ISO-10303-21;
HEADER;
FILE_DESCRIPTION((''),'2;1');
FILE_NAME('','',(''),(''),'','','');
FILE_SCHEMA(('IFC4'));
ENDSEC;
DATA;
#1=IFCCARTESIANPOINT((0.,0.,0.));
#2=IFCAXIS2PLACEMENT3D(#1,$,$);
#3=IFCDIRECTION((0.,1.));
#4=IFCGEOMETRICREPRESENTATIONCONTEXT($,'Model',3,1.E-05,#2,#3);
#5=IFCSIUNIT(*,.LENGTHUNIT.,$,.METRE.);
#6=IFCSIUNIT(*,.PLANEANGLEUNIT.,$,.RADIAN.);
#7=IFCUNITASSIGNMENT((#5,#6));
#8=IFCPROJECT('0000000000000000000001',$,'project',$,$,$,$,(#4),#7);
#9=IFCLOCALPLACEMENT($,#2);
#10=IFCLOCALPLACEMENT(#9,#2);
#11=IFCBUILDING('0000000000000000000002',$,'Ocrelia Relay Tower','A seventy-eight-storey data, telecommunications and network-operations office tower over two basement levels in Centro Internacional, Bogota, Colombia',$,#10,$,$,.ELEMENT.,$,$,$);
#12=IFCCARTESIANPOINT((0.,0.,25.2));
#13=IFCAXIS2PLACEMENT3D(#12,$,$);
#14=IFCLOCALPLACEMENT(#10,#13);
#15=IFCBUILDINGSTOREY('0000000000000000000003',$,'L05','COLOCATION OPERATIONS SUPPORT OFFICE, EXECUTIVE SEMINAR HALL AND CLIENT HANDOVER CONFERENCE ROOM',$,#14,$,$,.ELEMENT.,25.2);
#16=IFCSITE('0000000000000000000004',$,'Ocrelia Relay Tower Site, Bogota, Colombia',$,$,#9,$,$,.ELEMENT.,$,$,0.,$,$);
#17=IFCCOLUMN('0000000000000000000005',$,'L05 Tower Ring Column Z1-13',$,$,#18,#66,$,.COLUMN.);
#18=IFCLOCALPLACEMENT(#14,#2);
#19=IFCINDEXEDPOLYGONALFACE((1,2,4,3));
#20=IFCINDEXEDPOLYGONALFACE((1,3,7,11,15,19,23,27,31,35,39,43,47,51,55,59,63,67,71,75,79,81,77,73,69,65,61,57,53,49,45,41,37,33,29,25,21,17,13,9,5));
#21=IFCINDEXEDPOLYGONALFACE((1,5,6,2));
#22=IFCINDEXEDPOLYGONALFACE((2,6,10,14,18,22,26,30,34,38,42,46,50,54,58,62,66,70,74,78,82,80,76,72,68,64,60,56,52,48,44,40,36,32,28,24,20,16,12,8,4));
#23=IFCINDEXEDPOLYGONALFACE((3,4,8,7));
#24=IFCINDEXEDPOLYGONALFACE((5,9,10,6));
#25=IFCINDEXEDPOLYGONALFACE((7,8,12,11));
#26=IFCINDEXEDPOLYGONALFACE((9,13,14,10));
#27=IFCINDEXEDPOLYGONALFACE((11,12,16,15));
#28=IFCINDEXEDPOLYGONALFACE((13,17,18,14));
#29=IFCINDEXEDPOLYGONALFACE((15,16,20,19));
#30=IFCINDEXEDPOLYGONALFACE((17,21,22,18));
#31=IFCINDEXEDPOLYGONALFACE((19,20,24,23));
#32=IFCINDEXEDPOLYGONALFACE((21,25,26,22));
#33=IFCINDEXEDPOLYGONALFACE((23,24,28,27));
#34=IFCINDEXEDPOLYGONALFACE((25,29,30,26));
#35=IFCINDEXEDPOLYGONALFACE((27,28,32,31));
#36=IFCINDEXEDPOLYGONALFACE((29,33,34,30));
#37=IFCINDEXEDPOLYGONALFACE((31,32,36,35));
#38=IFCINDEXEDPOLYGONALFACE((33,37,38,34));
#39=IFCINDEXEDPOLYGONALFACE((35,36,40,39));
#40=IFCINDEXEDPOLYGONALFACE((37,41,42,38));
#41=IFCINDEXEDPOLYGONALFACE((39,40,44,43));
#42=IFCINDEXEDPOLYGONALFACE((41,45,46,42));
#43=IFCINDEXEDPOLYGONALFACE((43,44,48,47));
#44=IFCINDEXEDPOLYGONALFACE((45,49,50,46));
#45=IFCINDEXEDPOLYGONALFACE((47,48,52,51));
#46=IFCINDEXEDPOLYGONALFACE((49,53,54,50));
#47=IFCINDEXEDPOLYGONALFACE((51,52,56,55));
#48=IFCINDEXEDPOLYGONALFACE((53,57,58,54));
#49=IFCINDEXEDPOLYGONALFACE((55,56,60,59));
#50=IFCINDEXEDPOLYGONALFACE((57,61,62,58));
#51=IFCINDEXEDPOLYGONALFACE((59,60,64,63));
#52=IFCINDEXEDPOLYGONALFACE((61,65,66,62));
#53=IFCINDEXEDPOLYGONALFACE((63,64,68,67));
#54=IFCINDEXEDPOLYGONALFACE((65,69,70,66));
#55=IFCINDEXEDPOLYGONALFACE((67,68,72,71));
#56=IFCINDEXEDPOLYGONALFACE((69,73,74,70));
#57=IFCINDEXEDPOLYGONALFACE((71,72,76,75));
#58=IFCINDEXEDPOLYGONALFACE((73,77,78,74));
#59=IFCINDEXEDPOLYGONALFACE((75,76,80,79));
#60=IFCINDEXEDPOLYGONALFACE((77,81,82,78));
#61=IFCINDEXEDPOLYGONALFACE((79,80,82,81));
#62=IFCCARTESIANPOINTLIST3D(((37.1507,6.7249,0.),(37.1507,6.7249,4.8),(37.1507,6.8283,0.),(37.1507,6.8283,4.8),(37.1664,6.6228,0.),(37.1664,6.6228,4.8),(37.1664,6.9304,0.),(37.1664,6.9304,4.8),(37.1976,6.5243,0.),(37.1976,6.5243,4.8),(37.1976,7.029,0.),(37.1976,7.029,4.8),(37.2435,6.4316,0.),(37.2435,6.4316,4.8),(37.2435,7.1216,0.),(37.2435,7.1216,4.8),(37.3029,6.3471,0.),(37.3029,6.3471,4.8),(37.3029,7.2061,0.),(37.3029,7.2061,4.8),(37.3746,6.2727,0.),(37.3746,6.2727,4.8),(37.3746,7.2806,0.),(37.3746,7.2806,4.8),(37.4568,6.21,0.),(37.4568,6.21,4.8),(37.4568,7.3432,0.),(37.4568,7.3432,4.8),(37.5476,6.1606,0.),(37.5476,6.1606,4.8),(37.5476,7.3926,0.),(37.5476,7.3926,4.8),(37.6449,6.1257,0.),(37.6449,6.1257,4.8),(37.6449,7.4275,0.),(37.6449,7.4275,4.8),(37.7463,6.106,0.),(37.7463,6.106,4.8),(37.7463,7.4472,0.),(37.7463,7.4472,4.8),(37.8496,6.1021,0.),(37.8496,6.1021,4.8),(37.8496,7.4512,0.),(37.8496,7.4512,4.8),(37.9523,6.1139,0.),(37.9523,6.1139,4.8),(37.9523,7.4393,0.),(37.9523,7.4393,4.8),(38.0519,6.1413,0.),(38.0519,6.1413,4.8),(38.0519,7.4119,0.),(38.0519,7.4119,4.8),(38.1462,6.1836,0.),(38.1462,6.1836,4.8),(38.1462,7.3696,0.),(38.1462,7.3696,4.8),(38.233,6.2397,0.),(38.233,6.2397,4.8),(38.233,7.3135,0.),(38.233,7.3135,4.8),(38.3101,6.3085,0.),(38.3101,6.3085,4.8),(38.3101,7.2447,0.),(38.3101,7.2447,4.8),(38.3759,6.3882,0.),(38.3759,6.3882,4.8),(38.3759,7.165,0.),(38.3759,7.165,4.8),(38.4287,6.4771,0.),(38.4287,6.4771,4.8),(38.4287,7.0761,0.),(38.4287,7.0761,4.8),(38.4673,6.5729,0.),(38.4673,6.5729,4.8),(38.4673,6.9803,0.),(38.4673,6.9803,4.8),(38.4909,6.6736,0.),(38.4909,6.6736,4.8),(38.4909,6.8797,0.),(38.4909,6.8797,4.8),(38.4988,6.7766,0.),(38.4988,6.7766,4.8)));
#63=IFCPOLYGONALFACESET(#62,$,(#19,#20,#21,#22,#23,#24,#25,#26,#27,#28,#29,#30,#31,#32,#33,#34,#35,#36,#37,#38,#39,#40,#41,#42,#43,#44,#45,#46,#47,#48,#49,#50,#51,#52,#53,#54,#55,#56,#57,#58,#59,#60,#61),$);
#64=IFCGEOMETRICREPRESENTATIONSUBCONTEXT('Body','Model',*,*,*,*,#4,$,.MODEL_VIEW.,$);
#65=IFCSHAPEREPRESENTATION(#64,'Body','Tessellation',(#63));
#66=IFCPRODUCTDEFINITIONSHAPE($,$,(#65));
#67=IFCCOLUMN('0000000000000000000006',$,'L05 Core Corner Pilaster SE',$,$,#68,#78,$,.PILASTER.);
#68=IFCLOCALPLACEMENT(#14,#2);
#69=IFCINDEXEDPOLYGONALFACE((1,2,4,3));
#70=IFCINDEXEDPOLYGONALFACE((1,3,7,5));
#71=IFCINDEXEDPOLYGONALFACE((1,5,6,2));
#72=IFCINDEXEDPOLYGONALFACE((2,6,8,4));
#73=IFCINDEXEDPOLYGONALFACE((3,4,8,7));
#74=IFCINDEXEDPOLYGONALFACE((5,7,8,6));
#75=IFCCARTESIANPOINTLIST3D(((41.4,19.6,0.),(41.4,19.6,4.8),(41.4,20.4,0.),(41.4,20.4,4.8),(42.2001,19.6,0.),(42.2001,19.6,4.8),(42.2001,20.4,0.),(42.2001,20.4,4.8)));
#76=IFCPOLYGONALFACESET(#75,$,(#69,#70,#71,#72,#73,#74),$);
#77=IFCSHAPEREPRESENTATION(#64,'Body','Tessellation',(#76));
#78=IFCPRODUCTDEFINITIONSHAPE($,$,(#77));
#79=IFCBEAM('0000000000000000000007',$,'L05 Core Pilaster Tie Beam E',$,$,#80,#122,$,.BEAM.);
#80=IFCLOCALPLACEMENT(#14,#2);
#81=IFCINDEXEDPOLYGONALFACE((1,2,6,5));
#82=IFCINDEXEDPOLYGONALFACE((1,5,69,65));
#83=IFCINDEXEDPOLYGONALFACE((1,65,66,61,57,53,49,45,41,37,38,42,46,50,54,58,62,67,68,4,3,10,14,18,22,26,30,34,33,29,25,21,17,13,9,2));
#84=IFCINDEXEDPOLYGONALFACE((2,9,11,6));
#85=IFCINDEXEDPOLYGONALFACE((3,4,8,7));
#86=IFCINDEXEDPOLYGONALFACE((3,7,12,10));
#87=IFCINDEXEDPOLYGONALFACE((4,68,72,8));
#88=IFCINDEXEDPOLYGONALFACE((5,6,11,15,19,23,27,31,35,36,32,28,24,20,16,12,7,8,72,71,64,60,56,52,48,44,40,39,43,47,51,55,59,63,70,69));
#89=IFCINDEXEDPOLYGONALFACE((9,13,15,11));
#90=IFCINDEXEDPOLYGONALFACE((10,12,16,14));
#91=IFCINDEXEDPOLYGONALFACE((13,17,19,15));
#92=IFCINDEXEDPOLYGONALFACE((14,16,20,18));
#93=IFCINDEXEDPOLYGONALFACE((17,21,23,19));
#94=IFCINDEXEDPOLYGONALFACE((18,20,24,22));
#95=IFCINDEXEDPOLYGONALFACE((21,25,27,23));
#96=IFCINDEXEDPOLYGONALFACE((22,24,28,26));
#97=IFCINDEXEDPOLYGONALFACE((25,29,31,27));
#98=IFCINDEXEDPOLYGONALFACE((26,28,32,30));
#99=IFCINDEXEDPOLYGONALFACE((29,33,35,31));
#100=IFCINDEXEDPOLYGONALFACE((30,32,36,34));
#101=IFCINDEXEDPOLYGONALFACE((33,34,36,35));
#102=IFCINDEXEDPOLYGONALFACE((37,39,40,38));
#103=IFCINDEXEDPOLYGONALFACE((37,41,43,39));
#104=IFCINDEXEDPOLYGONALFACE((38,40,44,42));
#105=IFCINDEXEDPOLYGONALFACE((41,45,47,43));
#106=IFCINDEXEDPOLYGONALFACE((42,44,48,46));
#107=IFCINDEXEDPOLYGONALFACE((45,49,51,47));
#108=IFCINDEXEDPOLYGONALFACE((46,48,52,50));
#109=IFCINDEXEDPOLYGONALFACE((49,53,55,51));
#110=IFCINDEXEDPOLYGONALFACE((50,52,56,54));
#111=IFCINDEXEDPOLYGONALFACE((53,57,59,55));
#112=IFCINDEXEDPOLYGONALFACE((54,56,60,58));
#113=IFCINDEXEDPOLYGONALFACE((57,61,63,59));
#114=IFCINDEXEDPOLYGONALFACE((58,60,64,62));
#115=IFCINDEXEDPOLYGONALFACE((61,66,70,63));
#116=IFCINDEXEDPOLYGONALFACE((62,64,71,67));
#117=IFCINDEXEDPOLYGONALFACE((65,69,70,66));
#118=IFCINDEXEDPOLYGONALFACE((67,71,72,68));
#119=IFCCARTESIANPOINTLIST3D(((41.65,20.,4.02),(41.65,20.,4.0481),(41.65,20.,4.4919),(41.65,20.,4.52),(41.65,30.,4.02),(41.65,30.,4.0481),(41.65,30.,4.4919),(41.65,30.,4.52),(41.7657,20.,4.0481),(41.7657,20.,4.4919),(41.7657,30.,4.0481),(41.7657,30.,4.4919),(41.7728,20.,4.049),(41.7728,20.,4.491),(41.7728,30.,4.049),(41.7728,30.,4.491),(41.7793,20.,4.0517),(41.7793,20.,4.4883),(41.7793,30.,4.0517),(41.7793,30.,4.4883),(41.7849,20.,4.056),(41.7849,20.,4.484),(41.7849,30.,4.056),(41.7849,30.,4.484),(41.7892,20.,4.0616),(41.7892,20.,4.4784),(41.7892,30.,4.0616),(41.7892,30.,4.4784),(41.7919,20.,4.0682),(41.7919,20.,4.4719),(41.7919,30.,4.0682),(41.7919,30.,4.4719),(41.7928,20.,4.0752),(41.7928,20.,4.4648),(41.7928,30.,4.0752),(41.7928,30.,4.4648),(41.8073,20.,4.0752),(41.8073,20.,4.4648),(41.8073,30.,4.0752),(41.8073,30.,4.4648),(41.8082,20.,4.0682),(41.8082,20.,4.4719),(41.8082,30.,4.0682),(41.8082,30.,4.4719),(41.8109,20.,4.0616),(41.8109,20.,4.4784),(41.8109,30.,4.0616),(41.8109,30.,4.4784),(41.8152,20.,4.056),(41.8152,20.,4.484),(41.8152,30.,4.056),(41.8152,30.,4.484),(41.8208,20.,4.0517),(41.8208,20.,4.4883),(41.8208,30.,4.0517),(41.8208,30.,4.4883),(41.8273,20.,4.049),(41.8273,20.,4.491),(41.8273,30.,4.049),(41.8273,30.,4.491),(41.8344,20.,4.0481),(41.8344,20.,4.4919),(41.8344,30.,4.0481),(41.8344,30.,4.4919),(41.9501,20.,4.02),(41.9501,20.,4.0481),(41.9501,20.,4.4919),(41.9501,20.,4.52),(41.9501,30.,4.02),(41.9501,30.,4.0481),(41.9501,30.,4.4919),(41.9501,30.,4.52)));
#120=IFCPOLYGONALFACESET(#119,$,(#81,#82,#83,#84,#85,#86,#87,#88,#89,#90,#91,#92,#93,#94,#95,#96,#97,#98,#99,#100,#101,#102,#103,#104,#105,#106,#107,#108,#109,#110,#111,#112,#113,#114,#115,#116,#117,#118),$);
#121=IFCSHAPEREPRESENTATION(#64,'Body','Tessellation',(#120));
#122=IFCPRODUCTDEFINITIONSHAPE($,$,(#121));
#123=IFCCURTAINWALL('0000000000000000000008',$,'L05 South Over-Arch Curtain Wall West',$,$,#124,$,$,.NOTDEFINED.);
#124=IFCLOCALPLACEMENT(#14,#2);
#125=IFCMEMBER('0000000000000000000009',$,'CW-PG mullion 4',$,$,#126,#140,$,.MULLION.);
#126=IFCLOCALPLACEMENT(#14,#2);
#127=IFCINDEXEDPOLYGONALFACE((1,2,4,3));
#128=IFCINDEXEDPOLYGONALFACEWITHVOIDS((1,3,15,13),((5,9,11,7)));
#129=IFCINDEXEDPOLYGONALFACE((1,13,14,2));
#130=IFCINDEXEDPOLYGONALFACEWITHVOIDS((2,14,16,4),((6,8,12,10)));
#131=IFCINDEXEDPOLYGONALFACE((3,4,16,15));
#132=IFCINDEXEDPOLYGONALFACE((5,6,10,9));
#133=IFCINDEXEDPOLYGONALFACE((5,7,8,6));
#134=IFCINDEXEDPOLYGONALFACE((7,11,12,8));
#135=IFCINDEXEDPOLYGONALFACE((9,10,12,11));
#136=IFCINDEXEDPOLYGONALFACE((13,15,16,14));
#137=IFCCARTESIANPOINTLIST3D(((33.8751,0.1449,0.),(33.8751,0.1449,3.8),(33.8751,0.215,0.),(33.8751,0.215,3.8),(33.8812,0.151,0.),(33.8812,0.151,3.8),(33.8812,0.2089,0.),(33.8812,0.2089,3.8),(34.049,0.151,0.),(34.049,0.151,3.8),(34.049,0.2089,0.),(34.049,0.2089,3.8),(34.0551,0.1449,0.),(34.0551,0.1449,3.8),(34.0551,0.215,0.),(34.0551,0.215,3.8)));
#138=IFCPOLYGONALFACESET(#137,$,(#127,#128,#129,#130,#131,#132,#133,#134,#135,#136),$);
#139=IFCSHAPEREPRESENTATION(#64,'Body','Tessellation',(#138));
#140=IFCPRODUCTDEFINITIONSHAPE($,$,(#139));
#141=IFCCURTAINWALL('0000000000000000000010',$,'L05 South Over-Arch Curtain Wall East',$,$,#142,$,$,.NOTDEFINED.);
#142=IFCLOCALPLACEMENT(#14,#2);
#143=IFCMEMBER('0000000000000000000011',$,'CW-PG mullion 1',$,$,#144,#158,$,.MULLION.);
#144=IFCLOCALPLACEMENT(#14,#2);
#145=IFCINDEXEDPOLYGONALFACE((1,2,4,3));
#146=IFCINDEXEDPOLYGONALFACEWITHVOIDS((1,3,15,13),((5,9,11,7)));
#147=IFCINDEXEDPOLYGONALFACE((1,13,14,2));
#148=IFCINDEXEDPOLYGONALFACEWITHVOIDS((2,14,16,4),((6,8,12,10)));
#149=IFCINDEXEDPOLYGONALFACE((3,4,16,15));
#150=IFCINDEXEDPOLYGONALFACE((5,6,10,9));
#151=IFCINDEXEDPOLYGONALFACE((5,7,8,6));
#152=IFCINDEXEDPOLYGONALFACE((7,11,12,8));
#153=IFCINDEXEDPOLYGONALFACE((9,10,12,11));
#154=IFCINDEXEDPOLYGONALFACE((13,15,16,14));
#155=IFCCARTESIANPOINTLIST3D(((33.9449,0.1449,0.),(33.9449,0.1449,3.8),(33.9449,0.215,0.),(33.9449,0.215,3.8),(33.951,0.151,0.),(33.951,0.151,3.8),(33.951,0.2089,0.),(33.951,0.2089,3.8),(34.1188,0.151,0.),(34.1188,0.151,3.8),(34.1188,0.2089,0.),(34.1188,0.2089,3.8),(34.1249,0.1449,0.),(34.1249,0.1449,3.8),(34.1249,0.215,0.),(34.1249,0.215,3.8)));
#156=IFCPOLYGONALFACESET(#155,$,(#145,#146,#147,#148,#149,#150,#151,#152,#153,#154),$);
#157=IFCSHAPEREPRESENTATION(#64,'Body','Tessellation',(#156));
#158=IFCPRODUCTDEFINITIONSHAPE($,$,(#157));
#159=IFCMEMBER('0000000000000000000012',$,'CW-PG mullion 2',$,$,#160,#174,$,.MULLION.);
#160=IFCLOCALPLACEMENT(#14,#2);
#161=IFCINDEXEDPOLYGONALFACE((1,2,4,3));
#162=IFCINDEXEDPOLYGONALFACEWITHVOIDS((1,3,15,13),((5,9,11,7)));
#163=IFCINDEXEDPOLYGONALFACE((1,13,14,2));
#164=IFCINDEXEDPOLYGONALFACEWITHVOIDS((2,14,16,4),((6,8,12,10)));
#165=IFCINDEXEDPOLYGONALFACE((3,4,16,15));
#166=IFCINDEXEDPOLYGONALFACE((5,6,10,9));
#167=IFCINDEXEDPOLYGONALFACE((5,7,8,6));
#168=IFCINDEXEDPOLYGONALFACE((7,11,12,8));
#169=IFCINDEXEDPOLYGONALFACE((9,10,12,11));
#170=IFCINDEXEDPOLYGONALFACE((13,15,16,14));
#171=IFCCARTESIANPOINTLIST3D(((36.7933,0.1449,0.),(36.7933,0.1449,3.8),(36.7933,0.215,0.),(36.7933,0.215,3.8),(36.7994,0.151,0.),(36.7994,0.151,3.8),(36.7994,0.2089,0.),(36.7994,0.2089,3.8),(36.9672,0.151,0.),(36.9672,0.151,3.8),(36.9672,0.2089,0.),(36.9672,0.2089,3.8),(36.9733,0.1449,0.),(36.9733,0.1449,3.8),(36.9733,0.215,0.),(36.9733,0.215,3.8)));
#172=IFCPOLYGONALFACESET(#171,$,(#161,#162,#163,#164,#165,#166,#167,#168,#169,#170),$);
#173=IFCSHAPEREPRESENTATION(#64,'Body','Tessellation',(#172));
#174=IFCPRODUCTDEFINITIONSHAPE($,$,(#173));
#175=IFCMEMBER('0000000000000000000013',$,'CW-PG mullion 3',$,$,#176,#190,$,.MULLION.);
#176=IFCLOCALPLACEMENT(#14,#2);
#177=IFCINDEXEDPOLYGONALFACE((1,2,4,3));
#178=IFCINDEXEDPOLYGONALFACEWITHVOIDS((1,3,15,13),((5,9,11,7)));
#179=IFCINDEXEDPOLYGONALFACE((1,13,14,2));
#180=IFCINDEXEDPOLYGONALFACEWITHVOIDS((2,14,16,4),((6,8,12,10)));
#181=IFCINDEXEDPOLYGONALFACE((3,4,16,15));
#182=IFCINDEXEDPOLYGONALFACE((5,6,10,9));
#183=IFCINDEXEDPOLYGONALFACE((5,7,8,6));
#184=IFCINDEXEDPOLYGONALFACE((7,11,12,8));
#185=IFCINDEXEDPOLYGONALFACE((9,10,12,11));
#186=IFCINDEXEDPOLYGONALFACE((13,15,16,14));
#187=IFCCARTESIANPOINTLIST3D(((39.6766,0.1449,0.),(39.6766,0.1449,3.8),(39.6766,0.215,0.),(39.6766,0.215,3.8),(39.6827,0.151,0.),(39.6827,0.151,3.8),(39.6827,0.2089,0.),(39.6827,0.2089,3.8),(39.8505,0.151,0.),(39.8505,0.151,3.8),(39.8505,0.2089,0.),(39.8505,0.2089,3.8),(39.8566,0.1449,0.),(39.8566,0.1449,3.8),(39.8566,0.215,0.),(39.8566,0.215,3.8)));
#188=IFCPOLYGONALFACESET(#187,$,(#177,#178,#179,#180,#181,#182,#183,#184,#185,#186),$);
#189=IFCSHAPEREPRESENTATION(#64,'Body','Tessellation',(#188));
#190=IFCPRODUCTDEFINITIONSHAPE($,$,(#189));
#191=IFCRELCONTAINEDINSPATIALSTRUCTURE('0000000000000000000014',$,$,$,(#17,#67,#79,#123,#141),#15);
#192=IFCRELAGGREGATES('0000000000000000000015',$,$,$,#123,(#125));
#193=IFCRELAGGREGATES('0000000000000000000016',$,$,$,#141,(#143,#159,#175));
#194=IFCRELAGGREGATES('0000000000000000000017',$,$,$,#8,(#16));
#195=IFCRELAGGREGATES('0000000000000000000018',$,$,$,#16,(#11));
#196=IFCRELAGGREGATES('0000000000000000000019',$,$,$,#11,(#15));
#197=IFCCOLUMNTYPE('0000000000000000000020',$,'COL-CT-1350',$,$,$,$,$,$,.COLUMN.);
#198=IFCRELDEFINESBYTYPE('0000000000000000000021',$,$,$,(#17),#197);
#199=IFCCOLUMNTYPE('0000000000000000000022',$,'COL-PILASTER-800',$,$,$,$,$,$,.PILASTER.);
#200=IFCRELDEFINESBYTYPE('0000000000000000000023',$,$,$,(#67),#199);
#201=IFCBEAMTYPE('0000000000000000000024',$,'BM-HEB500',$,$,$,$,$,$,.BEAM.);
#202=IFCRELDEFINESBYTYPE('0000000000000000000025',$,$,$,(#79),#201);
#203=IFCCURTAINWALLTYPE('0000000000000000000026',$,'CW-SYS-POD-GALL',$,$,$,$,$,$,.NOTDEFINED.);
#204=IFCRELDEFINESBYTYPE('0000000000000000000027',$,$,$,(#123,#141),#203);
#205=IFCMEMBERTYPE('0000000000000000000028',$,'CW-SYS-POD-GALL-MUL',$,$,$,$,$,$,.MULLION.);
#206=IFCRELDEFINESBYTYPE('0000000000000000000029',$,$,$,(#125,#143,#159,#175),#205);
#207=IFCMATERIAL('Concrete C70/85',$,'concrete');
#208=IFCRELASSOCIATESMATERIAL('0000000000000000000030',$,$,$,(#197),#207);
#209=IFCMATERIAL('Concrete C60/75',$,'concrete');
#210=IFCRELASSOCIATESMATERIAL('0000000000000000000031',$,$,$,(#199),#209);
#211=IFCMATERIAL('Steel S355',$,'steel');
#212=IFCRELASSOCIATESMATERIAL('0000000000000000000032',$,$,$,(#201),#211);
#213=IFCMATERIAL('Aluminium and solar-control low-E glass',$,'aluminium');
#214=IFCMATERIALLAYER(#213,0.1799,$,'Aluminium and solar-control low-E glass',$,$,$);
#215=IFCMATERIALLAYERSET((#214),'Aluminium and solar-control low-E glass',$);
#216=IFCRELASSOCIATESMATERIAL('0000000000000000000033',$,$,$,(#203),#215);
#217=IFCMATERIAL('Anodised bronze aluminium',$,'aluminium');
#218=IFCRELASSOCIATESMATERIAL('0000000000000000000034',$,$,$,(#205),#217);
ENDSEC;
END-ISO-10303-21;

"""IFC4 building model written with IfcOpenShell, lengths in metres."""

from ifc_helpers import new_model, si_unit, direction, frame, origin, origin_2d, place, context, subcontext, project, spatial, rectangle, hollow_rectangle, circle, i_section, extrude, material, layer, layer_set, material_profile, profile_set, type_object, element, aggregate, save


model = new_model("IFC4")

# Units and contexts
model_context = context("Model", 3, precision=1e-05, world=origin(), true_north=direction((0.0, 1.0)))
body_context = subcontext(model_context, "Body", "Model", "MODEL_VIEW")
ifc_project = project(units=[si_unit("LENGTHUNIT", "METRE"), si_unit("PLANEANGLEUNIT", "RADIAN")], contexts=[model_context])

# Site, building, storey
site_placement = place(None, origin())
site = spatial("IfcSite", under=ifc_project, at=site_placement, Name="Ocrelia Relay Tower Site, Bogota, Colombia", CompositionType="ELEMENT", RefElevation=0.0)
building_placement = place(site_placement, origin())
building = spatial("IfcBuilding", under=site, at=building_placement, Name="Ocrelia Relay Tower", Description="A seventy-eight-storey data, telecommunications and network-operations office tower over two basement levels in Centro Internacional, Bogota, Colombia", CompositionType="ELEMENT")
storey_placement = place(building_placement, frame((0.0, 0.0, 25.2)))
storey = spatial("IfcBuildingStorey", under=building, at=storey_placement, Name="L05", Description="COLOCATION OPERATIONS SUPPORT OFFICE, EXECUTIVE SEMINAR HALL AND CLIENT HANDOVER CONFERENCE ROOM", CompositionType="ELEMENT", Elevation=25.2)

# Columns
ifc_material_1 = material(Name="Concrete C70/85", Category="concrete")
ifc_material_profile_1 = material_profile(ifc_material_1, circle(Radius=0.675, at=origin_2d()), Name="RC-CIR-1350")
ifc_profile_set_1 = profile_set([ifc_material_profile_1], Name="Concrete C70/85")
column_type_1 = type_object("IfcColumnType", Name="COL-CT-1350", PredefinedType="COLUMN", material=ifc_profile_set_1)
column_1_placement = place(storey_placement, frame((37.8237, 6.7766, 0.0), z_axis=(0.0, 0.0, 1.0), x_axis=(1.0, 0.0, 0.0)))
element("IfcColumn", 1, at=column_1_placement, inside=storey, type_object=column_type_1, Name="L05 Tower Ring Column Z1-13", PredefinedType="COLUMN", context=body_context, shape_type="SweptSolid", body=[
    extrude(circle(Radius=0.675, at=origin_2d()), origin(), (0.0, 0.0, 1.0), 4.8),
])
ifc_material_2 = material(Name="Concrete C60/75", Category="concrete")
ifc_material_profile_2 = material_profile(ifc_material_2, rectangle(XDim=0.8, YDim=0.8, at=origin_2d()), Name="RC-COL-800x800")
ifc_profile_set_2 = profile_set([ifc_material_profile_2], Name="Concrete C60/75")
column_type_2 = type_object("IfcColumnType", Name="COL-PILASTER-800", PredefinedType="PILASTER", material=ifc_profile_set_2)
column_2_placement = place(storey_placement, frame((41.8, 20.0, 0.0), z_axis=(0.0, 0.0, 1.0), x_axis=(1.0, 0.0, 0.0)))
element("IfcColumn", 2, at=column_2_placement, inside=storey, type_object=column_type_2, Name="L05 Core Corner Pilaster SE", PredefinedType="PILASTER", context=body_context, shape_type="SweptSolid", body=[
    extrude(rectangle(XDim=0.8, YDim=0.8, at=origin_2d()), origin(), (0.0, 0.0, 1.0), 4.8),
])

# Beam
ifc_material_3 = material(Name="Steel S355", Category="steel")
ifc_material_profile_3 = material_profile(ifc_material_3, i_section(OverallWidth=0.3, OverallDepth=0.5, WebThickness=0.0144, FlangeThickness=0.0281, FilletRadius=0.0271, at=origin_2d()), Name="HEB 500")
ifc_profile_set_3 = profile_set([ifc_material_profile_3], Name="Steel S355")
beam_type = type_object("IfcBeamType", Name="BM-HEB500", PredefinedType="BEAM", material=ifc_profile_set_3)
beam_placement = place(storey_placement, frame((41.8, 20.0, 4.27), z_axis=(0.0, 1.0, 0.0), x_axis=(-1.0, 0.0, 0.0)))
element("IfcBeam", 3, at=beam_placement, inside=storey, type_object=beam_type, Name="L05 Core Pilaster Tie Beam E", PredefinedType="BEAM", context=body_context, shape_type="SweptSolid", body=[
    extrude(i_section(OverallWidth=0.3, OverallDepth=0.5, WebThickness=0.0144, FlangeThickness=0.0281, FilletRadius=0.0271, at=origin_2d()), origin(), (0.0, 0.0, 1.0), 10.0),
])

# Curtain wall, member
ifc_material_4 = material(Name="Aluminium and solar-control low-E glass", Category="aluminium")
ifc_layer_1 = layer(ifc_material_4, 0.1799, Name="Aluminium and solar-control low-E glass")
ifc_layer_set_1 = layer_set([ifc_layer_1], Name="Aluminium and solar-control low-E glass")
curtain_wall_type = type_object("IfcCurtainWallType", Name="CW-SYS-POD-GALL", PredefinedType="NOTDEFINED", material=ifc_layer_set_1)
curtain_wall_1_placement = place(storey_placement, origin())
curtain_wall_1 = element("IfcCurtainWall", 4, at=curtain_wall_1_placement, inside=storey, type_object=curtain_wall_type, Name="L05 South Over-Arch Curtain Wall West", PredefinedType="NOTDEFINED")
ifc_material_5 = material(Name="Anodised bronze aluminium", Category="aluminium")
ifc_material_profile_4 = material_profile(ifc_material_5, hollow_rectangle(XDim=0.0701, YDim=0.1799, WallThickness=0.0061, at=origin_2d()), Name="CW-MUL-180x70")
ifc_profile_set_4 = profile_set([ifc_material_profile_4], Name="Anodised bronze aluminium")
member_type_1 = type_object("IfcMemberType", Name="CW-SYS-POD-GALL-MUL", PredefinedType="MULLION", material=ifc_profile_set_4)
member_1_placement = place(storey_placement, frame((33.9651, 0.1799, 0.0), z_axis=(0.0, 0.0, 1.0), x_axis=(0.0, 1.0, 0.0)))
member_1 = element("IfcMember", 5, at=member_1_placement, type_object=member_type_1, Name="CW-PG mullion 4", PredefinedType="MULLION", context=body_context, shape_type="SweptSolid", body=[
    extrude(hollow_rectangle(XDim=0.0701, YDim=0.1799, WallThickness=0.0061, at=origin_2d()), origin(), (0.0, 0.0, 1.0), 3.8),
])
aggregate(curtain_wall_1, [member_1])

# Curtain wall, members
curtain_wall_2_placement = place(storey_placement, origin())
curtain_wall_2 = element("IfcCurtainWall", 6, at=curtain_wall_2_placement, inside=storey, type_object=curtain_wall_type, Name="L05 South Over-Arch Curtain Wall East", PredefinedType="NOTDEFINED")
member_2_placement = place(storey_placement, frame((34.0349, 0.1799, 0.0), z_axis=(0.0, 0.0, 1.0), x_axis=(0.0, 1.0, 0.0)))
member_2 = element("IfcMember", 7, at=member_2_placement, type_object=member_type_1, Name="CW-PG mullion 1", PredefinedType="MULLION", context=body_context, shape_type="SweptSolid", body=[
    extrude(hollow_rectangle(XDim=0.0701, YDim=0.1799, WallThickness=0.0061, at=origin_2d()), origin(), (0.0, 0.0, 1.0), 3.8),
])
member_3_placement = place(storey_placement, frame((36.8833, 0.1799, 0.0), z_axis=(0.0, 0.0, 1.0), x_axis=(0.0, 1.0, 0.0)))
member_3 = element("IfcMember", 8, at=member_3_placement, type_object=member_type_1, Name="CW-PG mullion 2", PredefinedType="MULLION", context=body_context, shape_type="SweptSolid", body=[
    extrude(hollow_rectangle(XDim=0.0701, YDim=0.1799, WallThickness=0.0061, at=origin_2d()), origin(), (0.0, 0.0, 1.0), 3.8),
])
member_4_placement = place(storey_placement, frame((39.7666, 0.1799, 0.0), z_axis=(0.0, 0.0, 1.0), x_axis=(0.0, 1.0, 0.0)))
member_4 = element("IfcMember", 9, at=member_4_placement, type_object=member_type_1, Name="CW-PG mullion 3", PredefinedType="MULLION", context=body_context, shape_type="SweptSolid", body=[
    extrude(hollow_rectangle(XDim=0.0701, YDim=0.1799, WallThickness=0.0061, at=origin_2d()), origin(), (0.0, 0.0, 1.0), 3.8),
])
aggregate(curtain_wall_2, [member_2, member_3, member_4])

save(model, "model.ifc")
